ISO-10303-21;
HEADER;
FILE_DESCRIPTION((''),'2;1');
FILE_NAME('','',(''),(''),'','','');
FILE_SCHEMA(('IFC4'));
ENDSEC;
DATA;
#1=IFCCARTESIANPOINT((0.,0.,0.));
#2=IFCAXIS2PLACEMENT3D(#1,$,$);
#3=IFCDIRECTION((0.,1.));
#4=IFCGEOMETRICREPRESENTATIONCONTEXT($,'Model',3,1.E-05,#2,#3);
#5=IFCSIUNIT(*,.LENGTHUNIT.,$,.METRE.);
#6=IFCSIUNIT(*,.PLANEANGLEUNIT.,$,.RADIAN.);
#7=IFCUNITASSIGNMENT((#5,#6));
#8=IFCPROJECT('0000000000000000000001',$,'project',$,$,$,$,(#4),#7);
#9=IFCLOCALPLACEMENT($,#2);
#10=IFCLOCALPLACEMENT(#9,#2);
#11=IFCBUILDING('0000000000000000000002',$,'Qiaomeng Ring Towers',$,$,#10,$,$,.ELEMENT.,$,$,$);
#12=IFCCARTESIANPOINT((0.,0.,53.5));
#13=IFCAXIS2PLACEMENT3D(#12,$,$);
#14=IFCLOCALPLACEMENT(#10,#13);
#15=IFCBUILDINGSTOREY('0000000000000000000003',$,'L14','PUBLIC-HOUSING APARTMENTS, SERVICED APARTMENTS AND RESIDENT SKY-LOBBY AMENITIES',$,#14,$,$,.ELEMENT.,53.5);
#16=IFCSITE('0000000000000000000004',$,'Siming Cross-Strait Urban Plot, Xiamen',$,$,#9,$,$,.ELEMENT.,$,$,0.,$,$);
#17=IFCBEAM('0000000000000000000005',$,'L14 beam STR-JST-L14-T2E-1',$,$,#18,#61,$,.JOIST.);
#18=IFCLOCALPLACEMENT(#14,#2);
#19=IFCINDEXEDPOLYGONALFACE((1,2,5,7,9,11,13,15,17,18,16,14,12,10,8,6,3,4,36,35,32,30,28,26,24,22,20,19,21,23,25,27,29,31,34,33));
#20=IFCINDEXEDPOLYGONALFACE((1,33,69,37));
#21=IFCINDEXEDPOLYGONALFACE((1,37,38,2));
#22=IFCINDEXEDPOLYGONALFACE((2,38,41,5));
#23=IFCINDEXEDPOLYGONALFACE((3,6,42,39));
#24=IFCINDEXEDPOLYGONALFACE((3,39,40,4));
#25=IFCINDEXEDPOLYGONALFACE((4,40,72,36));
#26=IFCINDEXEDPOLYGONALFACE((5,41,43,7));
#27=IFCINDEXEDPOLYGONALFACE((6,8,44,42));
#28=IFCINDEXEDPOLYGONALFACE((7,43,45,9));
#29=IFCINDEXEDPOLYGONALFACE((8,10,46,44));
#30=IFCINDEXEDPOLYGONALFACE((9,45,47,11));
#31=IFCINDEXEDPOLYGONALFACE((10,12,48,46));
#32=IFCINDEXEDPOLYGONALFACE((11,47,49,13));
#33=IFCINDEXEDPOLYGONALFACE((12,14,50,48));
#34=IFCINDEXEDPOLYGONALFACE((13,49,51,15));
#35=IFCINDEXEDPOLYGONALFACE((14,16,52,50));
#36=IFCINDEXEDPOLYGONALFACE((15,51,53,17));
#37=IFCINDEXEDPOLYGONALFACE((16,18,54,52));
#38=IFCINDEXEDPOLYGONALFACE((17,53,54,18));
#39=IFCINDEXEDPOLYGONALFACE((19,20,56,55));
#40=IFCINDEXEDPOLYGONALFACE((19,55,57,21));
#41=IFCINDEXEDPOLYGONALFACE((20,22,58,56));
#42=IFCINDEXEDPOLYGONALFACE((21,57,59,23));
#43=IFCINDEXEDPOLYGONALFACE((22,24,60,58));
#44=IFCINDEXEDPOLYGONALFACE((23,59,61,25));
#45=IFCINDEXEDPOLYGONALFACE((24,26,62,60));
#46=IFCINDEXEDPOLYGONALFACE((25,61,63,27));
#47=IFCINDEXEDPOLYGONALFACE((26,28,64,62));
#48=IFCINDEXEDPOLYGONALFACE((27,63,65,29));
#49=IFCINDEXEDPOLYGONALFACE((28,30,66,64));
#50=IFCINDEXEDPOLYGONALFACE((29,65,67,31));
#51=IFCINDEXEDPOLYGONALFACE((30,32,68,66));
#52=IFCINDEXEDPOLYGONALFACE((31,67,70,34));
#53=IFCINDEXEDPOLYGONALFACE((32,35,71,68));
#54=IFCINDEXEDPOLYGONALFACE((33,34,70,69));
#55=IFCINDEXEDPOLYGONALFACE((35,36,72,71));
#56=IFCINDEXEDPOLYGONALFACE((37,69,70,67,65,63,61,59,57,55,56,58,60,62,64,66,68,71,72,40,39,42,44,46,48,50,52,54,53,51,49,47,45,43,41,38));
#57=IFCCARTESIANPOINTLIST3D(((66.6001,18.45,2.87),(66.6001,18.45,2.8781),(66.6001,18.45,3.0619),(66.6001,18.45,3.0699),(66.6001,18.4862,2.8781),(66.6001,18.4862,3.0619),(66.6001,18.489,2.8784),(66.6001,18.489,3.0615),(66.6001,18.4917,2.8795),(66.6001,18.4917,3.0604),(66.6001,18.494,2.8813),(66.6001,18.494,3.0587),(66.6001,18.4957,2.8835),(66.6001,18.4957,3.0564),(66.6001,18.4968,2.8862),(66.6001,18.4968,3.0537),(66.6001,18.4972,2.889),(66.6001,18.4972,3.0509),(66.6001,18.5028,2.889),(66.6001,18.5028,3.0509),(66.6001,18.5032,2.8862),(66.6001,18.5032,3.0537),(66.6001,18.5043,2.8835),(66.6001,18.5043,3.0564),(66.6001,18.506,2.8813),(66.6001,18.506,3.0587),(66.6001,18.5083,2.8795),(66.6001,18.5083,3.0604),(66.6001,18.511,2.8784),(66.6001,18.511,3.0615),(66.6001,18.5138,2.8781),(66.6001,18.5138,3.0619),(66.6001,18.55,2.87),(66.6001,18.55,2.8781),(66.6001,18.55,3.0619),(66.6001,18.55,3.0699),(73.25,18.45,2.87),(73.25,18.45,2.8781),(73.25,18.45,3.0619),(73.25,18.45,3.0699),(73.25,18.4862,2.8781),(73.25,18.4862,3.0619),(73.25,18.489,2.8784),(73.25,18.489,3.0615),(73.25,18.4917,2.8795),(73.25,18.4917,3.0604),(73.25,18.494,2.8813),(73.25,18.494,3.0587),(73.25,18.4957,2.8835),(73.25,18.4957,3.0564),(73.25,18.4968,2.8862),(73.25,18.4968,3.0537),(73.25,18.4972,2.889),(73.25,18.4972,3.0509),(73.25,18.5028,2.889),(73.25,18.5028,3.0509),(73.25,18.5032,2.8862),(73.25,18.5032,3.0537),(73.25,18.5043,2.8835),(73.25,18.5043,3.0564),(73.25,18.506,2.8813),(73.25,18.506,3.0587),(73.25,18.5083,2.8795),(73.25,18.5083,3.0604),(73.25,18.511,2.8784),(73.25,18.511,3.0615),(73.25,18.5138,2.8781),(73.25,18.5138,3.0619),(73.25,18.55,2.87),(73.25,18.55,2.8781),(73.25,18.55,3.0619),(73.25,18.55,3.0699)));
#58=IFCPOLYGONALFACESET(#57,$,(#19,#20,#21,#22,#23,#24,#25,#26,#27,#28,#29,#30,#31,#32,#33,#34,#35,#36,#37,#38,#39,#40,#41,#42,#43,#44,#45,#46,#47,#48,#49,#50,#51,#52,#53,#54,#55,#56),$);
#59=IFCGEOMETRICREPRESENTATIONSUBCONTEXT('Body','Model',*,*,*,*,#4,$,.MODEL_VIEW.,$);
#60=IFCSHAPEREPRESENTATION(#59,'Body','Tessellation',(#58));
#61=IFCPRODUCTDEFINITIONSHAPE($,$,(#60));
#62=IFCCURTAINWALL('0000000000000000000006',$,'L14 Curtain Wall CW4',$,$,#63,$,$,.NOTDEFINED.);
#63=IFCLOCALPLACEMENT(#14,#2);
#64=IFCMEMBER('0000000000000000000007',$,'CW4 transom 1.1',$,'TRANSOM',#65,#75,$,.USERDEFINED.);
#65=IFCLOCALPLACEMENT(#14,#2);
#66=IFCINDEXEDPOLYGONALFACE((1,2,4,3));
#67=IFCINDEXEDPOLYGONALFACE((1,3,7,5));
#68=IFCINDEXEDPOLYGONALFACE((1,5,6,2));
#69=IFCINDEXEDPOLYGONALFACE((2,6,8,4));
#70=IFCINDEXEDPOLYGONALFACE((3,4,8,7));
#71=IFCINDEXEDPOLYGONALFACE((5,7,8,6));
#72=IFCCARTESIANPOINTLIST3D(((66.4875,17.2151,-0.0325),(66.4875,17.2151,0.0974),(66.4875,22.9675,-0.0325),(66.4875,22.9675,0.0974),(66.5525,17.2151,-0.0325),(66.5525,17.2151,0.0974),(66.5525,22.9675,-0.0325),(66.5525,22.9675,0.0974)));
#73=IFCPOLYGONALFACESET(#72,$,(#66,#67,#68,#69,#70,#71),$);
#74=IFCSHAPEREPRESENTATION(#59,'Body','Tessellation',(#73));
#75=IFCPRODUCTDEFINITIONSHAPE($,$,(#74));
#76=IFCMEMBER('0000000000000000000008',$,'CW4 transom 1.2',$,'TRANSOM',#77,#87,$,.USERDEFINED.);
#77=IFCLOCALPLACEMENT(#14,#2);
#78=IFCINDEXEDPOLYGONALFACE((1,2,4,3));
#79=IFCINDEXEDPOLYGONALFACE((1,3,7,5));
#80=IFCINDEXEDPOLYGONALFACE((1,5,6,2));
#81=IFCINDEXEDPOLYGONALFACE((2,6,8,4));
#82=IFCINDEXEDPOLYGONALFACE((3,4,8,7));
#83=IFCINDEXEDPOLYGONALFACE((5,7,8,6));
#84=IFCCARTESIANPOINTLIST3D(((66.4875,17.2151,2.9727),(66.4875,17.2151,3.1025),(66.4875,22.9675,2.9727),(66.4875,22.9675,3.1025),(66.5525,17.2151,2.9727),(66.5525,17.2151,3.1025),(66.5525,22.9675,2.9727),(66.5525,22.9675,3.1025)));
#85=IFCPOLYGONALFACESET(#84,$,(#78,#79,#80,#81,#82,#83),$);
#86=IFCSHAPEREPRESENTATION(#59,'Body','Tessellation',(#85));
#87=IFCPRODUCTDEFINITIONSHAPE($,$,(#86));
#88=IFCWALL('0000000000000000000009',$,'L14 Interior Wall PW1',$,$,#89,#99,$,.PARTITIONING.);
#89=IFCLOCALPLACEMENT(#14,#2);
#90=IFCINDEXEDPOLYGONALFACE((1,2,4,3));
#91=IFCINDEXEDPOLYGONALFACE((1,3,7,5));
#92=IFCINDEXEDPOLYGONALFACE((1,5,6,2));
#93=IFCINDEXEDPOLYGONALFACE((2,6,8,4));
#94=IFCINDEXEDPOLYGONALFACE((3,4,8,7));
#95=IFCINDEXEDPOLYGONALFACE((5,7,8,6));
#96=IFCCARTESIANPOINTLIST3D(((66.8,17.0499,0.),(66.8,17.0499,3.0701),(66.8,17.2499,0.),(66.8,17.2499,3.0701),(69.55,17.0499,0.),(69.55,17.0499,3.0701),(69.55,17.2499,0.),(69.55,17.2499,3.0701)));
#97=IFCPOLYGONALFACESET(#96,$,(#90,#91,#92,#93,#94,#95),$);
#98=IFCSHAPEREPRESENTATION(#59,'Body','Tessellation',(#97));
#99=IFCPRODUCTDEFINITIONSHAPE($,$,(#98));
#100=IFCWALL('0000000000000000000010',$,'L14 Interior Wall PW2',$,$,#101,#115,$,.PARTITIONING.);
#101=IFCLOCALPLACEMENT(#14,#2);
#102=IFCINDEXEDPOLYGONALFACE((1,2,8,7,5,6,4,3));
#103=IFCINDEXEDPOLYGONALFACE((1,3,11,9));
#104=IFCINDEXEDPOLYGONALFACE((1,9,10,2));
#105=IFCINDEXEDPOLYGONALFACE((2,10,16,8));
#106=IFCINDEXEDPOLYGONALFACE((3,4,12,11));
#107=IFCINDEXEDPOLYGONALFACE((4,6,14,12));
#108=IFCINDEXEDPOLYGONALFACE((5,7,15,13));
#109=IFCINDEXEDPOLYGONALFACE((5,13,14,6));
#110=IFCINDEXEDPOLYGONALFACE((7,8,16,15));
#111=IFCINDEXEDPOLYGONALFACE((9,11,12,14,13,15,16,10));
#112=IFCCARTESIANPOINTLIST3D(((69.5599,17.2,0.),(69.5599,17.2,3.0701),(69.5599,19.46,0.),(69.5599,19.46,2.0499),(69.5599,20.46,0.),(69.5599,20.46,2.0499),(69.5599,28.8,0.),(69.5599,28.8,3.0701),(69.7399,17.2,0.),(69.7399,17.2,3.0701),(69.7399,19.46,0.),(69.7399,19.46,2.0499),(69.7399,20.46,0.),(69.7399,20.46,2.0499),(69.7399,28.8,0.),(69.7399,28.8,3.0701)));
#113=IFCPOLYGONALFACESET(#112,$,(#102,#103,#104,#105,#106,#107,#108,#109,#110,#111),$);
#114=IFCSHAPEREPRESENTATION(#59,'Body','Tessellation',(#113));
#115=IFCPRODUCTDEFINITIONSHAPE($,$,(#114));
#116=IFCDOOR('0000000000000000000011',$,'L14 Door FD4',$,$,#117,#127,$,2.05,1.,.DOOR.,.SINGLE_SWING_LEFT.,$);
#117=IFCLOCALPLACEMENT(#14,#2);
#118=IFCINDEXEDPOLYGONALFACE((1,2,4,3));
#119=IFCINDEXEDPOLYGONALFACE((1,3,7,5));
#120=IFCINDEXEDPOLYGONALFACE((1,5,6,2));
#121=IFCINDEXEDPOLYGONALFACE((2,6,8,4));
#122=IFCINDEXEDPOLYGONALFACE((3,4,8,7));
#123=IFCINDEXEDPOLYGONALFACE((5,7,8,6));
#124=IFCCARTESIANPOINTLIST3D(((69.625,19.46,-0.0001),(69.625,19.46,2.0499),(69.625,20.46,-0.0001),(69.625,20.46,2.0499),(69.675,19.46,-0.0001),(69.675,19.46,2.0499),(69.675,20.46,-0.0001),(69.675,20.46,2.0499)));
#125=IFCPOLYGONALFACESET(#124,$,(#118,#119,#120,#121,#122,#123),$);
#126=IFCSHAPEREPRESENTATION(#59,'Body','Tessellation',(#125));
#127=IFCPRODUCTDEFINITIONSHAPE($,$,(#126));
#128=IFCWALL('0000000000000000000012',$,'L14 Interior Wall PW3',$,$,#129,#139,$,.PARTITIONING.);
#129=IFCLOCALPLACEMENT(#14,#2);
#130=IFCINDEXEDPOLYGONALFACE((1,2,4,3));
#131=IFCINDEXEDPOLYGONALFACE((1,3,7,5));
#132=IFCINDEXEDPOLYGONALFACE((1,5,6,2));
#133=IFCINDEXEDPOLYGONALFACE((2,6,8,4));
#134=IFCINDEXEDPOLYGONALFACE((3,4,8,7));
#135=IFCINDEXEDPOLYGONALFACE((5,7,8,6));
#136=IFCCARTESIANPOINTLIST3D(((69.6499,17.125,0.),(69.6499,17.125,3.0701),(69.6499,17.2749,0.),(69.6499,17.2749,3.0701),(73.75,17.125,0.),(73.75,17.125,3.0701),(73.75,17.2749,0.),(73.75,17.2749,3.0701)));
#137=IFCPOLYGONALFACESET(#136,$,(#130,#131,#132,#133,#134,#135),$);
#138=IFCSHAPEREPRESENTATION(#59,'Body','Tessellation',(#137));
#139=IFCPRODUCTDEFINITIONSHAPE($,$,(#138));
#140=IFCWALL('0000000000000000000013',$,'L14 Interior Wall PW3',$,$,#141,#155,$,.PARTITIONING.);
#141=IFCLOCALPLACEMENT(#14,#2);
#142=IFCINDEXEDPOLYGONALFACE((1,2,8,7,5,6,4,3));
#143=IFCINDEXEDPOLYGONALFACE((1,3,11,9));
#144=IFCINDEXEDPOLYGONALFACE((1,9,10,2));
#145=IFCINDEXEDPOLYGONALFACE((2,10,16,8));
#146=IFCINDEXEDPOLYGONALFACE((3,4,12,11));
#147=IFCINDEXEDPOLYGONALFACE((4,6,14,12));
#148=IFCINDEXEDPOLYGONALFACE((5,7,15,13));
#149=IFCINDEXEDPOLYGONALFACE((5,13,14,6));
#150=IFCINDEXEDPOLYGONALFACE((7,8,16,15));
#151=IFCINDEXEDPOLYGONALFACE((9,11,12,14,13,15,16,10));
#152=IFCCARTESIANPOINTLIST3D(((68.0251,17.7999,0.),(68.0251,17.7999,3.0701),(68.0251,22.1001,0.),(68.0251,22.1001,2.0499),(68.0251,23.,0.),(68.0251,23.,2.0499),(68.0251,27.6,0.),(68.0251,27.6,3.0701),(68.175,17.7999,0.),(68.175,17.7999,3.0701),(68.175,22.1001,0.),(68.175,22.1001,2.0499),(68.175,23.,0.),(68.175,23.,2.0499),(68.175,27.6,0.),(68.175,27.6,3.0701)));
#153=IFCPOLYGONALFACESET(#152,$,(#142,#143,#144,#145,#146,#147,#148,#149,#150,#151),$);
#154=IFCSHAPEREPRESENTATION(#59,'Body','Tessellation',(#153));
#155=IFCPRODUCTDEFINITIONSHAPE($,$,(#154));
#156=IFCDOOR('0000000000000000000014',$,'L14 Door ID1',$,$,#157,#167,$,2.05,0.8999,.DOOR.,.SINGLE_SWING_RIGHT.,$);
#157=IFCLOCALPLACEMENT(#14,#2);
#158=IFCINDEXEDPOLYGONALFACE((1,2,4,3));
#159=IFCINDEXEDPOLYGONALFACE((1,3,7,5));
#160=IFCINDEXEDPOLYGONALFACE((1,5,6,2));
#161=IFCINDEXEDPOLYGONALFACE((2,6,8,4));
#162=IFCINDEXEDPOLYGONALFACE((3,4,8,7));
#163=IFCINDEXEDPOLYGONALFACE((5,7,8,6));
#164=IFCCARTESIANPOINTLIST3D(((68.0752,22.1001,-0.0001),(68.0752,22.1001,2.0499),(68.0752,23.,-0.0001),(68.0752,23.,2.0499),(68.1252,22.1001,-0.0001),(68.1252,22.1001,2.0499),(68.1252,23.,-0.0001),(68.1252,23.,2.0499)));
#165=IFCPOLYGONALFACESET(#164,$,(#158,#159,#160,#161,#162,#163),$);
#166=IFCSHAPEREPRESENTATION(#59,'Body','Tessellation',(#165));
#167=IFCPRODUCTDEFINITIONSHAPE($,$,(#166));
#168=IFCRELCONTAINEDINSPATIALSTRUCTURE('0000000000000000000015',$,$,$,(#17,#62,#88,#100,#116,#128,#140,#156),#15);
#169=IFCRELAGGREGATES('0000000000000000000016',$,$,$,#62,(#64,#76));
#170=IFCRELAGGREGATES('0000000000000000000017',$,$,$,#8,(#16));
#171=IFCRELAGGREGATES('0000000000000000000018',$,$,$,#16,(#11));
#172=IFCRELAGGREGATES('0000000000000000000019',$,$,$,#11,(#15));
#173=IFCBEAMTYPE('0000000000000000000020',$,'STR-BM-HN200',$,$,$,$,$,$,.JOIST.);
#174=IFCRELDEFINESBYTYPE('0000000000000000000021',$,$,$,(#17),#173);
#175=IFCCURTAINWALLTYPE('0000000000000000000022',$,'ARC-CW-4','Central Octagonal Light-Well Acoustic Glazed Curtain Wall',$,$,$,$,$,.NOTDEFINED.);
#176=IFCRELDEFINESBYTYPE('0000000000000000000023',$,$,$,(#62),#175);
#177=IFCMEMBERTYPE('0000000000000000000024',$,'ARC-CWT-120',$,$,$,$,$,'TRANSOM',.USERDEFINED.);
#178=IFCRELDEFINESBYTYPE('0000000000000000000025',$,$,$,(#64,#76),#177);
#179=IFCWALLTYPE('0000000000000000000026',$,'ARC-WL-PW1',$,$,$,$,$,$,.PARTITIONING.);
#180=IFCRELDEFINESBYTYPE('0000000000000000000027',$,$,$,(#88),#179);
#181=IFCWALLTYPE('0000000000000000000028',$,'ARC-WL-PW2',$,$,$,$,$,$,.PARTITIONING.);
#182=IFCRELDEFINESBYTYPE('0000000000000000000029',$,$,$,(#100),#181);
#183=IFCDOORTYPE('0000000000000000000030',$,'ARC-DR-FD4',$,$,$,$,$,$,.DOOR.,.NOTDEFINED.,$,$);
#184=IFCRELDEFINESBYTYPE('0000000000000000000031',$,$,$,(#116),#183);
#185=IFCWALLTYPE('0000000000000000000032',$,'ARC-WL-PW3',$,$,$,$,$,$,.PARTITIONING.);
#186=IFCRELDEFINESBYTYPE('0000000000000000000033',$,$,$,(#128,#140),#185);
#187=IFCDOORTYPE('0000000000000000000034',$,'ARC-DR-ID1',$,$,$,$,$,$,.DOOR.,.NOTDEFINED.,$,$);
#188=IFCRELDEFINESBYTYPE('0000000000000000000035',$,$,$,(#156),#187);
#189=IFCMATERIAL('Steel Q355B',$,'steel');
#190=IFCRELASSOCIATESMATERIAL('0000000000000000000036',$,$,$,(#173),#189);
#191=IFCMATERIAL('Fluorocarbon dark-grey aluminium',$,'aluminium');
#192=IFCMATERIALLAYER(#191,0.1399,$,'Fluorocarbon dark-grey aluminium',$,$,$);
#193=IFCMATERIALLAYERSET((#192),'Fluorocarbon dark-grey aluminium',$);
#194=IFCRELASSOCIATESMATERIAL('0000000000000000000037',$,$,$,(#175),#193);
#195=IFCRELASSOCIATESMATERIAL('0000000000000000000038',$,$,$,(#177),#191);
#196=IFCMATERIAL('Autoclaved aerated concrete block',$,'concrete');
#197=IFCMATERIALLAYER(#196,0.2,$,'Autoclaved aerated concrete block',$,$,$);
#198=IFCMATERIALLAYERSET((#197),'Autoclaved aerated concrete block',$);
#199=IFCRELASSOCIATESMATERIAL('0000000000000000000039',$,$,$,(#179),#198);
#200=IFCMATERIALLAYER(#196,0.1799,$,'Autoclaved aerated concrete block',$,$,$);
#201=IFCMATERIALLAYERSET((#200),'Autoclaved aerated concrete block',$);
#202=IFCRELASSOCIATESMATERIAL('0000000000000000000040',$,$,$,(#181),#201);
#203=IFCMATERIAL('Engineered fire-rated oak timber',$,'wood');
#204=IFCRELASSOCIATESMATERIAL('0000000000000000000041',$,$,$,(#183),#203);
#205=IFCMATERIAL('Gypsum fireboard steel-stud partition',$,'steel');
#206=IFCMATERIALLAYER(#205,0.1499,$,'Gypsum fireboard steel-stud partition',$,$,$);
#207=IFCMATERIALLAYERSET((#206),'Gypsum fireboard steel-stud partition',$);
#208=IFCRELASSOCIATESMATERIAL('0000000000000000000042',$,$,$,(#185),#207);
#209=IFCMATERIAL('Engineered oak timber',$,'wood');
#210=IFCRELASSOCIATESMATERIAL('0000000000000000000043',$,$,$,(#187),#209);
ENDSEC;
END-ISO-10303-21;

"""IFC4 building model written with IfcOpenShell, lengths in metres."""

from ifc_helpers import new_model, si_unit, direction, frame, frame_2d, origin, origin_2d, place, context, subcontext, project, spatial, rectangle, i_section, extrude, source, transform, mapped, material, layer, layer_set, material_profile, profile_set, type_object, element, fill, aggregate, save


model = new_model("IFC4")

# Units and contexts
model_context = context("Model", 3, precision=1e-05, world=origin(), true_north=direction((0.0, 1.0)))
body_context = subcontext(model_context, "Body", "Model", "MODEL_VIEW")
ifc_project = project(units=[si_unit("LENGTHUNIT", "METRE"), si_unit("PLANEANGLEUNIT", "RADIAN")], contexts=[model_context])

# Site, building, storey
site_placement = place(None, origin())
site = spatial("IfcSite", under=ifc_project, at=site_placement, Name="Siming Cross-Strait Urban Plot, Xiamen", CompositionType="ELEMENT", RefElevation=0.0)
building_placement = place(site_placement, origin())
building = spatial("IfcBuilding", under=site, at=building_placement, Name="Qiaomeng Ring Towers", CompositionType="ELEMENT")
storey_placement = place(building_placement, frame((0.0, 0.0, 53.5)))
storey = spatial("IfcBuildingStorey", under=building, at=storey_placement, Name="L14", Description="PUBLIC-HOUSING APARTMENTS, SERVICED APARTMENTS AND RESIDENT SKY-LOBBY AMENITIES", CompositionType="ELEMENT", Elevation=53.5)

# Beam
ifc_material_1 = material(Name="Steel Q355B", Category="steel")
ifc_material_profile_1 = material_profile(ifc_material_1, i_section(OverallWidth=0.1001, OverallDepth=0.2, WebThickness=0.0056, FlangeThickness=0.0081, FilletRadius=0.011, at=origin_2d()), Name="HN 200x100x5.5x8")
ifc_profile_set_1 = profile_set([ifc_material_profile_1], Name="Steel Q355B")
beam_type_1 = type_object("IfcBeamType", Name="STR-BM-HN200", PredefinedType="JOIST", material=ifc_profile_set_1)
shared_shape_1 = source(origin(), body_context, "Body", "SweptSolid", [
    extrude(i_section(OverallWidth=0.1001, OverallDepth=0.2, WebThickness=0.0056, FlangeThickness=0.0081, FilletRadius=0.011, at=origin_2d()), origin(), (0.0, 0.0, 1.0), 6.6499),
])
beam_1_placement = place(storey_placement, frame((66.6001, 18.5, 2.97), z_axis=(1.0, 0.0, 0.0), x_axis=(0.0, 1.0, 0.0)))
element("IfcBeam", 1, at=beam_1_placement, inside=storey, type_object=beam_type_1, Name="L14 beam STR-JST-L14-T2E-1", PredefinedType="JOIST", context=body_context, shape_type="MappedRepresentation", body=[
    mapped(shared_shape_1, transform((0.0, 0.0, 0.0), x_axis=(1.0, 0.0, 0.0), y_axis=(0.0, 1.0, 0.0), z_axis=(0.0, 0.0, 1.0), scale=1.0)),
])

# Curtain wall, members
ifc_material_2 = material(Name="Fluorocarbon dark-grey aluminium", Category="aluminium")
ifc_layer_1 = layer(ifc_material_2, 0.1399, Name="Fluorocarbon dark-grey aluminium")
ifc_layer_set_1 = layer_set([ifc_layer_1], Name="Fluorocarbon dark-grey aluminium")
curtain_wall_type = type_object("IfcCurtainWallType", Name="ARC-CW-4", Description="Central Octagonal Light-Well Acoustic Glazed Curtain Wall", PredefinedType="NOTDEFINED", material=ifc_layer_set_1)
curtain_wall_placement = place(storey_placement, origin())
curtain_wall = element("IfcCurtainWall", 2, at=curtain_wall_placement, inside=storey, type_object=curtain_wall_type, Name="L14 Curtain Wall CW4", PredefinedType="NOTDEFINED")
ifc_material_profile_2 = material_profile(ifc_material_2, rectangle(XDim=0.0649, YDim=0.1299, at=origin_2d()), Name="ALU TRAN 65x130")
ifc_profile_set_2 = profile_set([ifc_material_profile_2], Name="Fluorocarbon dark-grey aluminium")
member_type = type_object("IfcMemberType", Name="ARC-CWT-120", ElementType="TRANSOM", PredefinedType="USERDEFINED", material=ifc_profile_set_2)
shared_shape_2 = source(origin(), body_context, "Body", "SweptSolid", [
    extrude(rectangle(XDim=0.0649, YDim=0.1299, at=origin_2d()), origin(), (0.0, 0.0, 1.0), 5.7524),
])
member_1_placement = place(storey_placement, frame((66.52, 17.2151, 0.0325), z_axis=(0.0, 1.0, 0.0), x_axis=(-1.0, 0.0, 0.0)))
member_1 = element("IfcMember", 3, at=member_1_placement, type_object=member_type, Name="CW4 transom 1.1", ObjectType="TRANSOM", PredefinedType="USERDEFINED", context=body_context, shape_type="MappedRepresentation", body=[
    mapped(shared_shape_2, transform((0.0, 0.0, 0.0), x_axis=(1.0, 0.0, 0.0), y_axis=(0.0, 1.0, 0.0), z_axis=(0.0, 0.0, 1.0), scale=1.0)),
])
member_2_placement = place(storey_placement, frame((66.52, 17.2151, 3.0376), z_axis=(0.0, 1.0, 0.0), x_axis=(-1.0, 0.0, 0.0)))
member_2 = element("IfcMember", 4, at=member_2_placement, type_object=member_type, Name="CW4 transom 1.2", ObjectType="TRANSOM", PredefinedType="USERDEFINED", context=body_context, shape_type="MappedRepresentation", body=[
    mapped(shared_shape_2, transform((0.0, 0.0, 0.0), x_axis=(1.0, 0.0, 0.0), y_axis=(0.0, 1.0, 0.0), z_axis=(0.0, 0.0, 1.0), scale=1.0)),
])
aggregate(curtain_wall, [member_1, member_2])

# Wall
ifc_material_3 = material(Name="Autoclaved aerated concrete block", Category="concrete")
ifc_layer_2 = layer(ifc_material_3, 0.2, Name="Autoclaved aerated concrete block")
ifc_layer_set_2 = layer_set([ifc_layer_2], Name="Autoclaved aerated concrete block")
wall_type_1 = type_object("IfcWallType", Name="ARC-WL-PW1", PredefinedType="PARTITIONING", material=ifc_layer_set_2)
wall_1_placement = place(storey_placement, frame((66.8, 17.1499, 0.0), z_axis=(0.0, 0.0, 1.0), x_axis=(1.0, 0.0, 0.0)))
element("IfcWall", 5, at=wall_1_placement, inside=storey, type_object=wall_type_1, Name="L14 Interior Wall PW1", PredefinedType="PARTITIONING", context=body_context, shape_type="SweptSolid", body=[
    extrude(rectangle(XDim=2.75, YDim=0.2, at=frame_2d((1.375, 0.0))), origin(), (0.0, 0.0, 1.0), 3.0701),
])

# Wall, opening, door
ifc_layer_3 = layer(ifc_material_3, 0.1799, Name="Autoclaved aerated concrete block")
ifc_layer_set_3 = layer_set([ifc_layer_3], Name="Autoclaved aerated concrete block")
wall_type_2 = type_object("IfcWallType", Name="ARC-WL-PW2", PredefinedType="PARTITIONING", material=ifc_layer_set_3)
wall_2_placement = place(storey_placement, frame((69.6499, 17.2, 0.0), z_axis=(0.0, 0.0, 1.0), x_axis=(0.0, 1.0, 0.0)))
wall_2 = element("IfcWall", 6, at=wall_2_placement, inside=storey, type_object=wall_type_2, Name="L14 Interior Wall PW2", PredefinedType="PARTITIONING", context=body_context, shape_type="SweptSolid", body=[
    extrude(rectangle(XDim=11.6001, YDim=0.1799, at=frame_2d((5.8, 0.0))), origin(), (0.0, 0.0, 1.0), 3.0701),
])
opening_1_placement = place(wall_2_placement, frame((2.26, 0.0, 0.0)))
opening_1 = element("IfcOpeningElement", 7, at=opening_1_placement, cuts=wall_2, PredefinedType="OPENING", context=body_context, shape_type="SweptSolid", body=[
    extrude(rectangle(XDim=1.0, YDim=2.05, at=frame_2d((0.5, 1.0249))), frame((0.0, 0.0999, 0.0), z_axis=(0.0, -1.0, 0.0), x_axis=(1.0, 0.0, 0.0)), (0.0, 0.0, 1.0), 0.2),
])
ifc_material_4 = material(Name="Engineered fire-rated oak timber", Category="wood")
door_type_1 = type_object("IfcDoorType", Name="ARC-DR-FD4", OperationType="NOTDEFINED", PredefinedType="DOOR", material=ifc_material_4)
shared_shape_3 = source(origin(), body_context, "Body", "SweptSolid", [
    extrude(rectangle(XDim=1.0, YDim=2.05, at=frame_2d((0.5, 1.0249))), frame((0.0, 0.0249, 0.0), z_axis=(0.0, -1.0, 0.0), x_axis=(1.0, 0.0, 0.0)), (0.0, 0.0, 1.0), 0.05),
])
door_1_placement = place(opening_1_placement, origin())
door_1 = element("IfcDoor", 8, at=door_1_placement, inside=storey, type_object=door_type_1, Name="L14 Door FD4", OperationType="SINGLE_SWING_LEFT", OverallHeight=2.05, OverallWidth=1.0, PredefinedType="DOOR", context=body_context, shape_type="MappedRepresentation", body=[
    mapped(shared_shape_3, transform((0.0, 0.0, 0.0), x_axis=(1.0, 0.0, 0.0), y_axis=(0.0, 1.0, 0.0), z_axis=(0.0, 0.0, 1.0), scale=1.0)),
])
fill(opening_1, door_1)

# Wall
ifc_material_5 = material(Name="Gypsum fireboard steel-stud partition", Category="steel")
ifc_layer_4 = layer(ifc_material_5, 0.1499, Name="Gypsum fireboard steel-stud partition")
ifc_layer_set_4 = layer_set([ifc_layer_4], Name="Gypsum fireboard steel-stud partition")
wall_type_3 = type_object("IfcWallType", Name="ARC-WL-PW3", PredefinedType="PARTITIONING", material=ifc_layer_set_4)
wall_3_placement = place(storey_placement, frame((69.6499, 17.2, 0.0), z_axis=(0.0, 0.0, 1.0), x_axis=(1.0, 0.0, 0.0)))
element("IfcWall", 9, at=wall_3_placement, inside=storey, type_object=wall_type_3, Name="L14 Interior Wall PW3", PredefinedType="PARTITIONING", context=body_context, shape_type="SweptSolid", body=[
    extrude(rectangle(XDim=4.1001, YDim=0.1499, at=frame_2d((2.05, 0.0))), origin(), (0.0, 0.0, 1.0), 3.0701),
])

# Wall, opening, door
wall_4_placement = place(storey_placement, frame((68.1001, 17.8, 0.0), z_axis=(0.0, 0.0, 1.0), x_axis=(0.0, 1.0, 0.0)))
wall_4 = element("IfcWall", 10, at=wall_4_placement, inside=storey, type_object=wall_type_3, Name="L14 Interior Wall PW3", PredefinedType="PARTITIONING", context=body_context, shape_type="SweptSolid", body=[
    extrude(rectangle(XDim=9.8, YDim=0.1499, at=frame_2d((4.8999, 0.0))), origin(), (0.0, 0.0, 1.0), 3.0701),
])
opening_2_placement = place(wall_4_placement, frame((4.3, 0.0, 0.0)))
opening_2 = element("IfcOpeningElement", 11, at=opening_2_placement, cuts=wall_4, PredefinedType="OPENING", context=body_context, shape_type="SweptSolid", body=[
    extrude(rectangle(XDim=0.8999, YDim=2.05, at=frame_2d((0.45, 1.0249))), frame((0.0, 0.085, 0.0), z_axis=(0.0, -1.0, 0.0), x_axis=(1.0, 0.0, 0.0)), (0.0, 0.0, 1.0), 0.1699),
])
ifc_material_6 = material(Name="Engineered oak timber", Category="wood")
door_type_2 = type_object("IfcDoorType", Name="ARC-DR-ID1", OperationType="NOTDEFINED", PredefinedType="DOOR", material=ifc_material_6)
shared_shape_4 = source(origin(), body_context, "Body", "SweptSolid", [
    extrude(rectangle(XDim=0.8999, YDim=2.05, at=frame_2d((0.45, 1.0249))), frame((0.0, 0.0249, 0.0), z_axis=(0.0, -1.0, 0.0), x_axis=(1.0, 0.0, 0.0)), (0.0, 0.0, 1.0), 0.05),
])
door_2_placement = place(opening_2_placement, origin())
door_2 = element("IfcDoor", 12, at=door_2_placement, inside=storey, type_object=door_type_2, Name="L14 Door ID1", OperationType="SINGLE_SWING_RIGHT", OverallHeight=2.05, OverallWidth=0.8999, PredefinedType="DOOR", context=body_context, shape_type="MappedRepresentation", body=[
    mapped(shared_shape_4, transform((0.0, 0.0, 0.0), x_axis=(1.0, 0.0, 0.0), y_axis=(0.0, 1.0, 0.0), z_axis=(0.0, 0.0, 1.0), scale=1.0)),
])
fill(opening_2, door_2)

save(model, "model.ifc")
